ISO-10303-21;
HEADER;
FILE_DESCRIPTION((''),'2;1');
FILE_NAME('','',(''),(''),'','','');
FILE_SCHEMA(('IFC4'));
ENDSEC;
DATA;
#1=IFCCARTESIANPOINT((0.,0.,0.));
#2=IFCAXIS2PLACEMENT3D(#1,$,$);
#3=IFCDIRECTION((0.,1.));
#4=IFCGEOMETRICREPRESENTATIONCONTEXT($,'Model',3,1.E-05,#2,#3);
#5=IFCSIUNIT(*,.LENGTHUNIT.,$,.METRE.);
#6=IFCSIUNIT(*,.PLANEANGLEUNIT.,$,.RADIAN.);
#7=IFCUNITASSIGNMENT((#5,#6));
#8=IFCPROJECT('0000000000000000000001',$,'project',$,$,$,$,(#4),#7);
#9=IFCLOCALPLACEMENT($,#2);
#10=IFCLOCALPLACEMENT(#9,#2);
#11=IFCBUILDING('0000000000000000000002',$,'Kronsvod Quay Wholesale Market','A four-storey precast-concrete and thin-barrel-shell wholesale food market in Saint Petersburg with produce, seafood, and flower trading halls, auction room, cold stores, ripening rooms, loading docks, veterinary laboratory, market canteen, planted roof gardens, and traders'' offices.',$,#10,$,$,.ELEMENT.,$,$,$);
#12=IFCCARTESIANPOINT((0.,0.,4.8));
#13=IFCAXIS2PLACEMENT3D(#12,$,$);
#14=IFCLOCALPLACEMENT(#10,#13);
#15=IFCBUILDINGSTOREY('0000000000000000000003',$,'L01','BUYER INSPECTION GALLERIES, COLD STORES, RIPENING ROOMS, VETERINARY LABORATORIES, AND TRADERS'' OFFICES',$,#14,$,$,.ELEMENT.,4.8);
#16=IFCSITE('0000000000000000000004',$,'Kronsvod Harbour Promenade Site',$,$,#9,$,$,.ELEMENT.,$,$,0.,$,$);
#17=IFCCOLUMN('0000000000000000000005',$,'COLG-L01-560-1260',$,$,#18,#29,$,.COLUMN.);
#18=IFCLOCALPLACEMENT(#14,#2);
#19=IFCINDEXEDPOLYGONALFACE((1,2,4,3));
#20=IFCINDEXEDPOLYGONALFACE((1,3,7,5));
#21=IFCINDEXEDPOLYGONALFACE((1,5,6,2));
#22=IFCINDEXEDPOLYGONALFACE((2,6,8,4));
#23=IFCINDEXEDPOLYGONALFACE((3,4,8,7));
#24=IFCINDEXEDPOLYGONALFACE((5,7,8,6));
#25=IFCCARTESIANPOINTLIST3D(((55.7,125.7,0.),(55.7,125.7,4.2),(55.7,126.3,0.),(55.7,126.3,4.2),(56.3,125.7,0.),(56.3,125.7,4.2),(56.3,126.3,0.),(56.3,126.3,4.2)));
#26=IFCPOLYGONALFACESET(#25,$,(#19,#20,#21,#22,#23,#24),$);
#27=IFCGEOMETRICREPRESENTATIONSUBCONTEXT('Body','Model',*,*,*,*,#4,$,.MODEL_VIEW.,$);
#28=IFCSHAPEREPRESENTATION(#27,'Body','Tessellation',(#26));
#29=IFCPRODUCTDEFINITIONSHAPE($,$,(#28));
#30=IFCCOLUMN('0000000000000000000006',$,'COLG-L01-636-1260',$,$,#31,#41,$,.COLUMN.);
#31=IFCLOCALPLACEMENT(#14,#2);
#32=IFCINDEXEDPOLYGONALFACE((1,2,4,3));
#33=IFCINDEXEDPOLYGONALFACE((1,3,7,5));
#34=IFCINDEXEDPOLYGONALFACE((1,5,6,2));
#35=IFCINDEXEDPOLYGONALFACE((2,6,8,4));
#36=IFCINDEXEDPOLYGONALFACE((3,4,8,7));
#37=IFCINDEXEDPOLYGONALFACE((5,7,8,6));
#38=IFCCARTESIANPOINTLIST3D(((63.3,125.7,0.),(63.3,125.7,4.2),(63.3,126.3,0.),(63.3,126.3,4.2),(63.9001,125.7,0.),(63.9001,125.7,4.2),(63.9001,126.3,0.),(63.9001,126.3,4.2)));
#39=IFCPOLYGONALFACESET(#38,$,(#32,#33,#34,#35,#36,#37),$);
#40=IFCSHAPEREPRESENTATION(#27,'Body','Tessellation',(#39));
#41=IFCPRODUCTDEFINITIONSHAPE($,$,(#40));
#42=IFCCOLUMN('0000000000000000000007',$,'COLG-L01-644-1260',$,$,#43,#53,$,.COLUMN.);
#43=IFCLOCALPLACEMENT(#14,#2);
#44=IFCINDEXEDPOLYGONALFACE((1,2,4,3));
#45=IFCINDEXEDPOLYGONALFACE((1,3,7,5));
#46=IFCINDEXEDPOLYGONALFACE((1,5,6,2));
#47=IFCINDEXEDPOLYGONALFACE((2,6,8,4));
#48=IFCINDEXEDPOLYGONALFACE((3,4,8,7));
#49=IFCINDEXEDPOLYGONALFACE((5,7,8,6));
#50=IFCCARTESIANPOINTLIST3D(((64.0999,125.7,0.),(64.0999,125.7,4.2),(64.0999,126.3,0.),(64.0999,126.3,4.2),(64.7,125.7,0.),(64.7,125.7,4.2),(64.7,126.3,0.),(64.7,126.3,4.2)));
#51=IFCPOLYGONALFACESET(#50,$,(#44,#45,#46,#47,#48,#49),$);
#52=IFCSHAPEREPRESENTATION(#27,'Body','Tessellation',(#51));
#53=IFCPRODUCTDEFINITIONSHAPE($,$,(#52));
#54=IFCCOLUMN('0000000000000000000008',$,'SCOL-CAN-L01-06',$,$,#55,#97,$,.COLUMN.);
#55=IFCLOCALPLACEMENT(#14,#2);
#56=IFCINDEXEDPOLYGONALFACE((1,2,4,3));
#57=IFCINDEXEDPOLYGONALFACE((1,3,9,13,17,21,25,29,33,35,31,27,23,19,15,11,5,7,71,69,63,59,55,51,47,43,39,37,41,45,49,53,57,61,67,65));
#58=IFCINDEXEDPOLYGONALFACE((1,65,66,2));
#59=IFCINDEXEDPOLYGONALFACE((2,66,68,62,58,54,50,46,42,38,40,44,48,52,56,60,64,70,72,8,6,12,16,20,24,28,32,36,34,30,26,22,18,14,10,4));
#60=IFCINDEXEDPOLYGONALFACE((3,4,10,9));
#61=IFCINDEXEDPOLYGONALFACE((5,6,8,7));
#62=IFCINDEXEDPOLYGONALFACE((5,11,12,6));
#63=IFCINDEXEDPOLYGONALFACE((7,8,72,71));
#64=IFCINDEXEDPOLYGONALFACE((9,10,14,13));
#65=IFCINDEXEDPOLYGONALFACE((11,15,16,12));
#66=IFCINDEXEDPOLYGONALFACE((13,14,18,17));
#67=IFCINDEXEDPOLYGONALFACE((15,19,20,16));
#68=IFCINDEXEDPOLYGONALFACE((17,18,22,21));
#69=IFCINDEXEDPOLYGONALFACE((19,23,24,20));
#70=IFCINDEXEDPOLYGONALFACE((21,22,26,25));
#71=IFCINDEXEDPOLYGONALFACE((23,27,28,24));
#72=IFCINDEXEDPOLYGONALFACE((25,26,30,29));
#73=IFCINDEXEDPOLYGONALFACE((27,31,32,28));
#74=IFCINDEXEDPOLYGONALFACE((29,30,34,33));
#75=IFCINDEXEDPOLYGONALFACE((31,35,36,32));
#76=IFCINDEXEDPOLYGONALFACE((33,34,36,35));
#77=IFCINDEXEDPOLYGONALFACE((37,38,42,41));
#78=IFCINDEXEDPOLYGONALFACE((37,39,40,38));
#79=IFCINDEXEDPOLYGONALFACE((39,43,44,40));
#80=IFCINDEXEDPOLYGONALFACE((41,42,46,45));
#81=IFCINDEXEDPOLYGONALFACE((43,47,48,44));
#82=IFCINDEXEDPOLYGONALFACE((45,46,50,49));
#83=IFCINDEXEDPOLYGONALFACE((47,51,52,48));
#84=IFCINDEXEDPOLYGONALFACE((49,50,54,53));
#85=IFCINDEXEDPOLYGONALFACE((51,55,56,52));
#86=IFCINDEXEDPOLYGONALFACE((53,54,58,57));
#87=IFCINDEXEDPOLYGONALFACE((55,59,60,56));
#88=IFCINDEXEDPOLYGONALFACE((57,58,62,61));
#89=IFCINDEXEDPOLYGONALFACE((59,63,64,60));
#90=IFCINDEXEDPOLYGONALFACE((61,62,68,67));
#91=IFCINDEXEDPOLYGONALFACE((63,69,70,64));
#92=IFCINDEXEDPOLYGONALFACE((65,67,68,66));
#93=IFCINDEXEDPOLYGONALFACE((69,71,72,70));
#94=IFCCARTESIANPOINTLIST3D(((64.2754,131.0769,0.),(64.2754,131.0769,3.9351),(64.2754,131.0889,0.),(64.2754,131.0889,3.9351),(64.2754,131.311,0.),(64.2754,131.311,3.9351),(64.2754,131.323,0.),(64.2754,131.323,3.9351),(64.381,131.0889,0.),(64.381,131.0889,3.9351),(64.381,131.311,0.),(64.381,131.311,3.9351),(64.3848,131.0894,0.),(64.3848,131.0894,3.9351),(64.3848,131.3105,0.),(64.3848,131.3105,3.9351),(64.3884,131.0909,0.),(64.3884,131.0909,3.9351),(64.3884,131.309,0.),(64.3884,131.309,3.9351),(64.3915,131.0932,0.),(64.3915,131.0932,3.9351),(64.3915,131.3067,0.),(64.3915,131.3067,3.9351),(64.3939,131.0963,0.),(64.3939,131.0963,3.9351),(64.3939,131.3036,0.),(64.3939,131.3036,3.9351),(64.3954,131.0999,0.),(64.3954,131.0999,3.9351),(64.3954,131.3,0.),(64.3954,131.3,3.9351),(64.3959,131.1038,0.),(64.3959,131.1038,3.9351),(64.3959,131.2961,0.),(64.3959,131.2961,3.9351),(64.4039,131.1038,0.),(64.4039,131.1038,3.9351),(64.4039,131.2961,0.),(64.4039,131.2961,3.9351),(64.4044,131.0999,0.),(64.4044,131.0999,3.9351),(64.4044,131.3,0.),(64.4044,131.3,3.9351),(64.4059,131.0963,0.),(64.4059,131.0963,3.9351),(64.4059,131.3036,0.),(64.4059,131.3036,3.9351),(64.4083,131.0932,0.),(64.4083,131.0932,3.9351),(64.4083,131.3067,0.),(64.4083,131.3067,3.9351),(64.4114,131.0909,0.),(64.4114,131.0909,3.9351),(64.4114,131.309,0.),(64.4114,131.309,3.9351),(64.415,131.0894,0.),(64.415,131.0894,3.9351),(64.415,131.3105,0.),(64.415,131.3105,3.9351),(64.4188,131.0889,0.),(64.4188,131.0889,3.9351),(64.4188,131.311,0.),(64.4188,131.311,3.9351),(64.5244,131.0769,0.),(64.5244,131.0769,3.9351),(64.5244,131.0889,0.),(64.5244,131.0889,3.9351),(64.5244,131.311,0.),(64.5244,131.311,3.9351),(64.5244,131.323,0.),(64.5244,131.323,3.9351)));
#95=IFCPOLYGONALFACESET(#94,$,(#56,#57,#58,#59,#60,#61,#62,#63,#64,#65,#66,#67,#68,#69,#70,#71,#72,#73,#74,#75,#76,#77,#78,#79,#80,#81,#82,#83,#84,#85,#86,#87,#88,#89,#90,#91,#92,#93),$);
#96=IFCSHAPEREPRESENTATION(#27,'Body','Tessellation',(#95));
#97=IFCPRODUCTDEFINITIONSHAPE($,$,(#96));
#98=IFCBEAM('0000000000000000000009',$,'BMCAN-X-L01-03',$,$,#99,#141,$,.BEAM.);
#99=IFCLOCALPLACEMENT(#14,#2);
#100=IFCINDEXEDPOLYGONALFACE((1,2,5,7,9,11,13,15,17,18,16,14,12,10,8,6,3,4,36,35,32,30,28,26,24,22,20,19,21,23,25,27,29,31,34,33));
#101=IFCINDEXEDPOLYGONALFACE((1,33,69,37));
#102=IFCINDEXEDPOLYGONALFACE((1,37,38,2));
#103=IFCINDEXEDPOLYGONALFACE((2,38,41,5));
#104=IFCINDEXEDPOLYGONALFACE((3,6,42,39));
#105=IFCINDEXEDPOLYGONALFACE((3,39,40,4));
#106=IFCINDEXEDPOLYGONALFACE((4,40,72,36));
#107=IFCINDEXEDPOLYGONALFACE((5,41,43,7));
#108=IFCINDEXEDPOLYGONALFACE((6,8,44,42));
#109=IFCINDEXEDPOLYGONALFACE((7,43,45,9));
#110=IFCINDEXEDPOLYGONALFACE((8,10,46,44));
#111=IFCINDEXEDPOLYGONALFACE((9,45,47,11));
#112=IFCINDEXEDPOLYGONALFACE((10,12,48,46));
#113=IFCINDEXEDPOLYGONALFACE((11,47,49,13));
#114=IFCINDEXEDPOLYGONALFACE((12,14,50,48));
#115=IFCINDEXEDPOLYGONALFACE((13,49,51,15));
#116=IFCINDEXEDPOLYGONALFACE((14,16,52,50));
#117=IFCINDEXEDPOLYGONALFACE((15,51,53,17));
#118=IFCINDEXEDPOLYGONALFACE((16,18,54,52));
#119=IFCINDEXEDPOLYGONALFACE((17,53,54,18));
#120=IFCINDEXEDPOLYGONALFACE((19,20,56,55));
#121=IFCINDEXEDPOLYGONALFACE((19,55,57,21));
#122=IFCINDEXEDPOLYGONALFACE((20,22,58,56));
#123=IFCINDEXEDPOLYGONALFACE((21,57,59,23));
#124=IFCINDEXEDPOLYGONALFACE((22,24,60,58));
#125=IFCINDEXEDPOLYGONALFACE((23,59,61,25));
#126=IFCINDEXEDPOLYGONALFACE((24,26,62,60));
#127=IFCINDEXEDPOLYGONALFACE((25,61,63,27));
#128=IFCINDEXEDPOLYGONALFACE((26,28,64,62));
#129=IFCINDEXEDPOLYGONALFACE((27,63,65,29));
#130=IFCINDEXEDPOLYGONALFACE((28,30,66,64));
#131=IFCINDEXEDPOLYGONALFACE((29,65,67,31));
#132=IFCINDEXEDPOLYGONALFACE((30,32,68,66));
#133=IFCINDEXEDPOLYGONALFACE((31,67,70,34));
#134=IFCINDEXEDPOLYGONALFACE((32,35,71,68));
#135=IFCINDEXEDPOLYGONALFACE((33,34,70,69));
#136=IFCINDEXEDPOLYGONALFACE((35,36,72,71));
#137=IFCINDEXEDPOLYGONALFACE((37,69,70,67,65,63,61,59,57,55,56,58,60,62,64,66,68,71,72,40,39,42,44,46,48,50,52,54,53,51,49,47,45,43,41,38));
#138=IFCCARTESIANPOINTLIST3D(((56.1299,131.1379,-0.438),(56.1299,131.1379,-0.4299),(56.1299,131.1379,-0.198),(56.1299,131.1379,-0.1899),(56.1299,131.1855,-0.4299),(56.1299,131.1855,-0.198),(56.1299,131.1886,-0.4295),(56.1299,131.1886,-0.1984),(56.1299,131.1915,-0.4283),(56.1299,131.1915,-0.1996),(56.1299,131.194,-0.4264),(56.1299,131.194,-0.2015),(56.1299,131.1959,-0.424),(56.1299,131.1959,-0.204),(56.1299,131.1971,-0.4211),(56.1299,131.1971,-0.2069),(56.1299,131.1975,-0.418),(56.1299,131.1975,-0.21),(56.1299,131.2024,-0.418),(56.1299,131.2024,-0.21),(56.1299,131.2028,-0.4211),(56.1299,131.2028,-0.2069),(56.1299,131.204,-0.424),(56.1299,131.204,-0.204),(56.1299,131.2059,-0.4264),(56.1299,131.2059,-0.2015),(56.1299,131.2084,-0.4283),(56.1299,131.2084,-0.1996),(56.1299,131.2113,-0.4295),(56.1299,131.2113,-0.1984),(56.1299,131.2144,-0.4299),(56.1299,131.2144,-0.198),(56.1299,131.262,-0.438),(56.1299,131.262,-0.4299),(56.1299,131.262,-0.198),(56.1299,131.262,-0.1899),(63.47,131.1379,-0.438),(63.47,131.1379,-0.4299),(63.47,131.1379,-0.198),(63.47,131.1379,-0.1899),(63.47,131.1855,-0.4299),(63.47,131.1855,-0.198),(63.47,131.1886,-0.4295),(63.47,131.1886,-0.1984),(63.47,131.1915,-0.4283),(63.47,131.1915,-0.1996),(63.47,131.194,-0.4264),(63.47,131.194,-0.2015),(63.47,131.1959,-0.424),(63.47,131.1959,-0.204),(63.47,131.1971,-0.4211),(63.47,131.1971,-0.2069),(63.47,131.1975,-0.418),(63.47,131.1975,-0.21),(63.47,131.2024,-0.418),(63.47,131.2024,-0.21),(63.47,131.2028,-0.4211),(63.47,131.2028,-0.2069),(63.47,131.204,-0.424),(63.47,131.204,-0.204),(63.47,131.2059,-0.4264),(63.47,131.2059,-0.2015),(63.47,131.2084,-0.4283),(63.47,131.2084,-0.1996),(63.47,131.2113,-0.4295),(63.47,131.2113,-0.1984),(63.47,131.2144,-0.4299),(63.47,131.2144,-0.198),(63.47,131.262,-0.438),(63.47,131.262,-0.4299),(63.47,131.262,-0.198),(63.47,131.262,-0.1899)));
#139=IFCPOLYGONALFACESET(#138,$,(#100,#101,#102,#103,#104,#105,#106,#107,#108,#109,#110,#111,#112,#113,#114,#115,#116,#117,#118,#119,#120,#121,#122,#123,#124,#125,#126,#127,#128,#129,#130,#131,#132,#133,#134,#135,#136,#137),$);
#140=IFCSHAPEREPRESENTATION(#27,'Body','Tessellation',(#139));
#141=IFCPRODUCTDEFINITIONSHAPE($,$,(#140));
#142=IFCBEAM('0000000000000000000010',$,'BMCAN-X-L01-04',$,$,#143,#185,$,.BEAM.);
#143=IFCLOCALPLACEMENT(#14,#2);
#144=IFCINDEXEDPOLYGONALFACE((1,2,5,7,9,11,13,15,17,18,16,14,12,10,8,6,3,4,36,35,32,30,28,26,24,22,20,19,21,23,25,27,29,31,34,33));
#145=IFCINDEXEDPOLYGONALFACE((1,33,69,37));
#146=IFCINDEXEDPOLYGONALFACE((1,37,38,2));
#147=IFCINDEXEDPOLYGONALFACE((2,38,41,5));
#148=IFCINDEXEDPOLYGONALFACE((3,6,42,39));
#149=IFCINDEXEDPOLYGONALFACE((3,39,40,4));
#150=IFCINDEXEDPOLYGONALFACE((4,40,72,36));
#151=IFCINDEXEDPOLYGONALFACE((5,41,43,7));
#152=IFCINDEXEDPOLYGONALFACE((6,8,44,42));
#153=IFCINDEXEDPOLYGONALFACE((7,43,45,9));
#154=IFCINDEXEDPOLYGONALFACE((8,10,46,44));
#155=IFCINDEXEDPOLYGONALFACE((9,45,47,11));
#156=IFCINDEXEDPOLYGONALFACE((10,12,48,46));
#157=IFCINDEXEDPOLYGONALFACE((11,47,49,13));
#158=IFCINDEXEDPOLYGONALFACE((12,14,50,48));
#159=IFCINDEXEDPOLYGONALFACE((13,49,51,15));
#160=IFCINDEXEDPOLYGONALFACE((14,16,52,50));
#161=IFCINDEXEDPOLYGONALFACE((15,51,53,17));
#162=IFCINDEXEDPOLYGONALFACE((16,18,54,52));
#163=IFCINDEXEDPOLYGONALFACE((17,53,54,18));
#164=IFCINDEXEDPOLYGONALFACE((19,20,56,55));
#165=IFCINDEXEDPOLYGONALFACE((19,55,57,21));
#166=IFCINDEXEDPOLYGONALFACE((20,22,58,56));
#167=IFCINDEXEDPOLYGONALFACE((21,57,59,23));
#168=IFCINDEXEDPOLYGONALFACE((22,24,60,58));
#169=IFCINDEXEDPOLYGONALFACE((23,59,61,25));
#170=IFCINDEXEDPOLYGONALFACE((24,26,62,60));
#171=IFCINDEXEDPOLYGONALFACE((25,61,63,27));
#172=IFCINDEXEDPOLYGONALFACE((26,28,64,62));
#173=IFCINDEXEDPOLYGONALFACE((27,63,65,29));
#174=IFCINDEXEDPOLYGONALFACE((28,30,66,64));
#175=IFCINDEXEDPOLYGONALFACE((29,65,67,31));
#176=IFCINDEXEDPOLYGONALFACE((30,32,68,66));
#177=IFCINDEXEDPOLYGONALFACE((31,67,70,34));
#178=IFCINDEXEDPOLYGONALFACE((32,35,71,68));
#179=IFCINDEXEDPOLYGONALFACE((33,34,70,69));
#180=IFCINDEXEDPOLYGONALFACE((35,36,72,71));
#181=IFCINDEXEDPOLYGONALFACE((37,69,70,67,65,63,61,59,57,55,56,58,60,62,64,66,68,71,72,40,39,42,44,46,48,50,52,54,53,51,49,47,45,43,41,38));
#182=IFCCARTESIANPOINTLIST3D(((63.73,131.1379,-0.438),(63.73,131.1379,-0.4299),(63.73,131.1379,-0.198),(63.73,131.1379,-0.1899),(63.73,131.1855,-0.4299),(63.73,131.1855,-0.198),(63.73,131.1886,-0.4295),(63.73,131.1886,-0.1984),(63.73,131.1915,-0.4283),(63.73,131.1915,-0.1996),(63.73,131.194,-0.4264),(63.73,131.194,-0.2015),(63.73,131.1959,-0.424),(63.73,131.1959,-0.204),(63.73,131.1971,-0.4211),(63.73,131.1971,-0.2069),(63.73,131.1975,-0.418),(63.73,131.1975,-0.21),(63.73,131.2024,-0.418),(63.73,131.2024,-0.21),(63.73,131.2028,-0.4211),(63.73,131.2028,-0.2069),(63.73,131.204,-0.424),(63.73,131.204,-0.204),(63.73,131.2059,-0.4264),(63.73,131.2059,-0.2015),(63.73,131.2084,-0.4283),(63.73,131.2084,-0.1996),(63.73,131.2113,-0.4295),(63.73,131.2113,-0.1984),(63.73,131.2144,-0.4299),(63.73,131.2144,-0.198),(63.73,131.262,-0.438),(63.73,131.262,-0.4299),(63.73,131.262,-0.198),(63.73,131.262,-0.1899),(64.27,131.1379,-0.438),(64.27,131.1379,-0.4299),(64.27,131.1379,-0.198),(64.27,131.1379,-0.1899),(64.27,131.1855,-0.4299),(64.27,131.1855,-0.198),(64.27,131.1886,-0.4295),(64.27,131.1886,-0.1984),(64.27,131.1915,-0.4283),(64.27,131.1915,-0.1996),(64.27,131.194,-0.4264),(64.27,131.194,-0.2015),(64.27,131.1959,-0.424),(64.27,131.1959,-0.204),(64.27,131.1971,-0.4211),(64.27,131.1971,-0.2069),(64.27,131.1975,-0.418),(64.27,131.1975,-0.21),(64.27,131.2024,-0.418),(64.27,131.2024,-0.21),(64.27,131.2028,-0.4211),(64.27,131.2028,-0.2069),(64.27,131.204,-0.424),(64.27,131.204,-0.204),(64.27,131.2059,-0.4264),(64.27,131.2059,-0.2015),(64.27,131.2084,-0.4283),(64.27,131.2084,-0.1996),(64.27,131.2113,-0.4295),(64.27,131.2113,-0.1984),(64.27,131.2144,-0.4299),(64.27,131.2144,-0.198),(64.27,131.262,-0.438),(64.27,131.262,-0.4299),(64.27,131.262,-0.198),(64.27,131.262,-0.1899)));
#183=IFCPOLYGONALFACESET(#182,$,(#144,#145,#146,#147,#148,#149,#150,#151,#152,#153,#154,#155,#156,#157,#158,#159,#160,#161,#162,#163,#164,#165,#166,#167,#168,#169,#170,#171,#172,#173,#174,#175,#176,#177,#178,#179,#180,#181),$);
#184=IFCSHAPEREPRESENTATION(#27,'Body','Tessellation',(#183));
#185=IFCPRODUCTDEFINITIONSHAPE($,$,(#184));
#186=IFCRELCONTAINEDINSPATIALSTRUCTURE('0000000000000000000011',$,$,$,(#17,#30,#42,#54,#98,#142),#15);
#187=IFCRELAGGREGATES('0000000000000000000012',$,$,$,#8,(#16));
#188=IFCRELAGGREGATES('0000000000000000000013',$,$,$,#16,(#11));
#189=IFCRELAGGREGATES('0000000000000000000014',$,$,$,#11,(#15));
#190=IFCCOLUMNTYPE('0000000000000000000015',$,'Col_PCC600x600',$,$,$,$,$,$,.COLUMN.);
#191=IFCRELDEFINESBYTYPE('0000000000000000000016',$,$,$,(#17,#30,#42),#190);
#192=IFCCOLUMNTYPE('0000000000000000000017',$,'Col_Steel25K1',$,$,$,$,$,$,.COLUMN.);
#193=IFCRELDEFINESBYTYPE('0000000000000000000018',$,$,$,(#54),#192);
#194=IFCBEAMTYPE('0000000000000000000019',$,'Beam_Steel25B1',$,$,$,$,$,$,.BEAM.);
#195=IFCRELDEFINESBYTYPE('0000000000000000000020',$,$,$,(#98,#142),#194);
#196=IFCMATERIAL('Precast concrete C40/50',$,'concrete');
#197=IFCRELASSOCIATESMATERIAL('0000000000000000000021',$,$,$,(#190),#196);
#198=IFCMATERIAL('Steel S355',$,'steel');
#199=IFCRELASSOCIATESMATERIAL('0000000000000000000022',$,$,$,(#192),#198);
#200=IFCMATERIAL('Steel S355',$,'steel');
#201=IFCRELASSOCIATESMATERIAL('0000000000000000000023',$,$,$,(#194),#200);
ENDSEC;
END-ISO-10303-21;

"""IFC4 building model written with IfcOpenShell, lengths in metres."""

from ifc_helpers import new_model, si_unit, direction, frame, origin, origin_2d, place, context, subcontext, project, spatial, rectangle, i_section, extrude, material, material_profile, profile_set, type_object, element, save


model = new_model("IFC4")

# Units and contexts
model_context = context("Model", 3, precision=1e-05, world=origin(), true_north=direction((0.0, 1.0)))
body_context = subcontext(model_context, "Body", "Model", "MODEL_VIEW")
ifc_project = project(units=[si_unit("LENGTHUNIT", "METRE"), si_unit("PLANEANGLEUNIT", "RADIAN")], contexts=[model_context])

# Site, building, storey
site_placement = place(None, origin())
site = spatial("IfcSite", under=ifc_project, at=site_placement, Name="Kronsvod Harbour Promenade Site", CompositionType="ELEMENT", RefElevation=0.0)
building_placement = place(site_placement, origin())
building = spatial("IfcBuilding", under=site, at=building_placement, Name="Kronsvod Quay Wholesale Market", Description="A four-storey precast-concrete and thin-barrel-shell wholesale food market in Saint Petersburg with produce, seafood, and flower trading halls, auction room, cold stores, ripening rooms, loading docks, veterinary laboratory, market canteen, planted roof gardens, and traders' offices.", CompositionType="ELEMENT")
storey_placement = place(building_placement, frame((0.0, 0.0, 4.8)))
storey = spatial("IfcBuildingStorey", under=building, at=storey_placement, Name="L01", Description="BUYER INSPECTION GALLERIES, COLD STORES, RIPENING ROOMS, VETERINARY LABORATORIES, AND TRADERS' OFFICES", CompositionType="ELEMENT", Elevation=4.8)

# Columns
ifc_material_1 = material(Name="Precast concrete C40/50", Category="concrete")
ifc_material_profile_1 = material_profile(ifc_material_1, rectangle(XDim=0.6001, YDim=0.6001, at=origin_2d()), Name="PCC600x600")
ifc_profile_set_1 = profile_set([ifc_material_profile_1], Name="Precast concrete C40/50")
column_type_1 = type_object("IfcColumnType", Name="Col_PCC600x600", PredefinedType="COLUMN", material=ifc_profile_set_1)
for number, where, z_axis, x_axis, name in (
    (1, (56.0, 126.0, 0.0), (0.0, 0.0, 1.0), (1.0, 0.0, 0.0), "COLG-L01-560-1260"),
    (2, (63.6001, 126.0, 0.0), (0.0, 0.0, 1.0), (1.0, 0.0, 0.0), "COLG-L01-636-1260"),
    (3, (64.3999, 126.0, 0.0), (0.0, 0.0, 1.0), (1.0, 0.0, 0.0), "COLG-L01-644-1260"),
):
    element("IfcColumn", number, at=place(storey_placement, frame(where, z_axis=z_axis, x_axis=x_axis)), inside=storey, type_object=column_type_1, Name=name, PredefinedType="COLUMN", context=body_context, shape_type="SweptSolid", body=[
        extrude(rectangle(XDim=0.6001, YDim=0.6001, at=origin_2d()), origin(), (0.0, 0.0, 1.0), 4.2),
    ])
ifc_material_2 = material(Name="Steel S355", Category="steel")
ifc_material_profile_2 = material_profile(ifc_material_2, i_section(OverallWidth=0.249, OverallDepth=0.2461, WebThickness=0.0081, FlangeThickness=0.012, FilletRadius=0.0149, at=origin_2d()), Name="25K1")
ifc_profile_set_2 = profile_set([ifc_material_profile_2], Name="Steel S355")
column_type_2 = type_object("IfcColumnType", Name="Col_Steel25K1", PredefinedType="COLUMN", material=ifc_profile_set_2)
column_placement = place(storey_placement, frame((64.3999, 131.2, 0.0), z_axis=(0.0, 0.0, 1.0), x_axis=(1.0, 0.0, 0.0)))
element("IfcColumn", 4, at=column_placement, inside=storey, type_object=column_type_2, Name="SCOL-CAN-L01-06", PredefinedType="COLUMN", context=body_context, shape_type="SweptSolid", body=[
    extrude(i_section(OverallWidth=0.249, OverallDepth=0.2461, WebThickness=0.0081, FlangeThickness=0.012, FilletRadius=0.0149, at=origin_2d()), origin(), (0.0, 0.0, 1.0), 3.9351),
])

# Beams
ifc_material_3 = material(Name="Steel S355", Category="steel")
ifc_material_profile_3 = material_profile(ifc_material_3, i_section(OverallWidth=0.124, OverallDepth=0.248, WebThickness=0.0049, FlangeThickness=0.0081, FilletRadius=0.012, at=origin_2d()), Name="25B1")
ifc_profile_set_3 = profile_set([ifc_material_profile_3], Name="Steel S355")
beam_type_1 = type_object("IfcBeamType", Name="Beam_Steel25B1", PredefinedType="BEAM", material=ifc_profile_set_3)
beam_1_placement = place(storey_placement, frame((56.1299, 131.2, -0.314), z_axis=(1.0, 0.0, 0.0), x_axis=(0.0, 1.0, 0.0)))
element("IfcBeam", 5, at=beam_1_placement, inside=storey, type_object=beam_type_1, Name="BMCAN-X-L01-03", PredefinedType="BEAM", context=body_context, shape_type="SweptSolid", body=[
    extrude(i_section(OverallWidth=0.124, OverallDepth=0.248, WebThickness=0.0049, FlangeThickness=0.0081, FilletRadius=0.012, at=origin_2d()), origin(), (0.0, 0.0, 1.0), 7.3401),
])
beam_2_placement = place(storey_placement, frame((63.73, 131.2, -0.314), z_axis=(1.0, 0.0, 0.0), x_axis=(0.0, 1.0, 0.0)))
element("IfcBeam", 6, at=beam_2_placement, inside=storey, type_object=beam_type_1, Name="BMCAN-X-L01-04", PredefinedType="BEAM", context=body_context, shape_type="SweptSolid", body=[
    extrude(i_section(OverallWidth=0.124, OverallDepth=0.248, WebThickness=0.0049, FlangeThickness=0.0081, FilletRadius=0.012, at=origin_2d()), origin(), (0.0, 0.0, 1.0), 0.54),
])

save(model, "model.ifc")
